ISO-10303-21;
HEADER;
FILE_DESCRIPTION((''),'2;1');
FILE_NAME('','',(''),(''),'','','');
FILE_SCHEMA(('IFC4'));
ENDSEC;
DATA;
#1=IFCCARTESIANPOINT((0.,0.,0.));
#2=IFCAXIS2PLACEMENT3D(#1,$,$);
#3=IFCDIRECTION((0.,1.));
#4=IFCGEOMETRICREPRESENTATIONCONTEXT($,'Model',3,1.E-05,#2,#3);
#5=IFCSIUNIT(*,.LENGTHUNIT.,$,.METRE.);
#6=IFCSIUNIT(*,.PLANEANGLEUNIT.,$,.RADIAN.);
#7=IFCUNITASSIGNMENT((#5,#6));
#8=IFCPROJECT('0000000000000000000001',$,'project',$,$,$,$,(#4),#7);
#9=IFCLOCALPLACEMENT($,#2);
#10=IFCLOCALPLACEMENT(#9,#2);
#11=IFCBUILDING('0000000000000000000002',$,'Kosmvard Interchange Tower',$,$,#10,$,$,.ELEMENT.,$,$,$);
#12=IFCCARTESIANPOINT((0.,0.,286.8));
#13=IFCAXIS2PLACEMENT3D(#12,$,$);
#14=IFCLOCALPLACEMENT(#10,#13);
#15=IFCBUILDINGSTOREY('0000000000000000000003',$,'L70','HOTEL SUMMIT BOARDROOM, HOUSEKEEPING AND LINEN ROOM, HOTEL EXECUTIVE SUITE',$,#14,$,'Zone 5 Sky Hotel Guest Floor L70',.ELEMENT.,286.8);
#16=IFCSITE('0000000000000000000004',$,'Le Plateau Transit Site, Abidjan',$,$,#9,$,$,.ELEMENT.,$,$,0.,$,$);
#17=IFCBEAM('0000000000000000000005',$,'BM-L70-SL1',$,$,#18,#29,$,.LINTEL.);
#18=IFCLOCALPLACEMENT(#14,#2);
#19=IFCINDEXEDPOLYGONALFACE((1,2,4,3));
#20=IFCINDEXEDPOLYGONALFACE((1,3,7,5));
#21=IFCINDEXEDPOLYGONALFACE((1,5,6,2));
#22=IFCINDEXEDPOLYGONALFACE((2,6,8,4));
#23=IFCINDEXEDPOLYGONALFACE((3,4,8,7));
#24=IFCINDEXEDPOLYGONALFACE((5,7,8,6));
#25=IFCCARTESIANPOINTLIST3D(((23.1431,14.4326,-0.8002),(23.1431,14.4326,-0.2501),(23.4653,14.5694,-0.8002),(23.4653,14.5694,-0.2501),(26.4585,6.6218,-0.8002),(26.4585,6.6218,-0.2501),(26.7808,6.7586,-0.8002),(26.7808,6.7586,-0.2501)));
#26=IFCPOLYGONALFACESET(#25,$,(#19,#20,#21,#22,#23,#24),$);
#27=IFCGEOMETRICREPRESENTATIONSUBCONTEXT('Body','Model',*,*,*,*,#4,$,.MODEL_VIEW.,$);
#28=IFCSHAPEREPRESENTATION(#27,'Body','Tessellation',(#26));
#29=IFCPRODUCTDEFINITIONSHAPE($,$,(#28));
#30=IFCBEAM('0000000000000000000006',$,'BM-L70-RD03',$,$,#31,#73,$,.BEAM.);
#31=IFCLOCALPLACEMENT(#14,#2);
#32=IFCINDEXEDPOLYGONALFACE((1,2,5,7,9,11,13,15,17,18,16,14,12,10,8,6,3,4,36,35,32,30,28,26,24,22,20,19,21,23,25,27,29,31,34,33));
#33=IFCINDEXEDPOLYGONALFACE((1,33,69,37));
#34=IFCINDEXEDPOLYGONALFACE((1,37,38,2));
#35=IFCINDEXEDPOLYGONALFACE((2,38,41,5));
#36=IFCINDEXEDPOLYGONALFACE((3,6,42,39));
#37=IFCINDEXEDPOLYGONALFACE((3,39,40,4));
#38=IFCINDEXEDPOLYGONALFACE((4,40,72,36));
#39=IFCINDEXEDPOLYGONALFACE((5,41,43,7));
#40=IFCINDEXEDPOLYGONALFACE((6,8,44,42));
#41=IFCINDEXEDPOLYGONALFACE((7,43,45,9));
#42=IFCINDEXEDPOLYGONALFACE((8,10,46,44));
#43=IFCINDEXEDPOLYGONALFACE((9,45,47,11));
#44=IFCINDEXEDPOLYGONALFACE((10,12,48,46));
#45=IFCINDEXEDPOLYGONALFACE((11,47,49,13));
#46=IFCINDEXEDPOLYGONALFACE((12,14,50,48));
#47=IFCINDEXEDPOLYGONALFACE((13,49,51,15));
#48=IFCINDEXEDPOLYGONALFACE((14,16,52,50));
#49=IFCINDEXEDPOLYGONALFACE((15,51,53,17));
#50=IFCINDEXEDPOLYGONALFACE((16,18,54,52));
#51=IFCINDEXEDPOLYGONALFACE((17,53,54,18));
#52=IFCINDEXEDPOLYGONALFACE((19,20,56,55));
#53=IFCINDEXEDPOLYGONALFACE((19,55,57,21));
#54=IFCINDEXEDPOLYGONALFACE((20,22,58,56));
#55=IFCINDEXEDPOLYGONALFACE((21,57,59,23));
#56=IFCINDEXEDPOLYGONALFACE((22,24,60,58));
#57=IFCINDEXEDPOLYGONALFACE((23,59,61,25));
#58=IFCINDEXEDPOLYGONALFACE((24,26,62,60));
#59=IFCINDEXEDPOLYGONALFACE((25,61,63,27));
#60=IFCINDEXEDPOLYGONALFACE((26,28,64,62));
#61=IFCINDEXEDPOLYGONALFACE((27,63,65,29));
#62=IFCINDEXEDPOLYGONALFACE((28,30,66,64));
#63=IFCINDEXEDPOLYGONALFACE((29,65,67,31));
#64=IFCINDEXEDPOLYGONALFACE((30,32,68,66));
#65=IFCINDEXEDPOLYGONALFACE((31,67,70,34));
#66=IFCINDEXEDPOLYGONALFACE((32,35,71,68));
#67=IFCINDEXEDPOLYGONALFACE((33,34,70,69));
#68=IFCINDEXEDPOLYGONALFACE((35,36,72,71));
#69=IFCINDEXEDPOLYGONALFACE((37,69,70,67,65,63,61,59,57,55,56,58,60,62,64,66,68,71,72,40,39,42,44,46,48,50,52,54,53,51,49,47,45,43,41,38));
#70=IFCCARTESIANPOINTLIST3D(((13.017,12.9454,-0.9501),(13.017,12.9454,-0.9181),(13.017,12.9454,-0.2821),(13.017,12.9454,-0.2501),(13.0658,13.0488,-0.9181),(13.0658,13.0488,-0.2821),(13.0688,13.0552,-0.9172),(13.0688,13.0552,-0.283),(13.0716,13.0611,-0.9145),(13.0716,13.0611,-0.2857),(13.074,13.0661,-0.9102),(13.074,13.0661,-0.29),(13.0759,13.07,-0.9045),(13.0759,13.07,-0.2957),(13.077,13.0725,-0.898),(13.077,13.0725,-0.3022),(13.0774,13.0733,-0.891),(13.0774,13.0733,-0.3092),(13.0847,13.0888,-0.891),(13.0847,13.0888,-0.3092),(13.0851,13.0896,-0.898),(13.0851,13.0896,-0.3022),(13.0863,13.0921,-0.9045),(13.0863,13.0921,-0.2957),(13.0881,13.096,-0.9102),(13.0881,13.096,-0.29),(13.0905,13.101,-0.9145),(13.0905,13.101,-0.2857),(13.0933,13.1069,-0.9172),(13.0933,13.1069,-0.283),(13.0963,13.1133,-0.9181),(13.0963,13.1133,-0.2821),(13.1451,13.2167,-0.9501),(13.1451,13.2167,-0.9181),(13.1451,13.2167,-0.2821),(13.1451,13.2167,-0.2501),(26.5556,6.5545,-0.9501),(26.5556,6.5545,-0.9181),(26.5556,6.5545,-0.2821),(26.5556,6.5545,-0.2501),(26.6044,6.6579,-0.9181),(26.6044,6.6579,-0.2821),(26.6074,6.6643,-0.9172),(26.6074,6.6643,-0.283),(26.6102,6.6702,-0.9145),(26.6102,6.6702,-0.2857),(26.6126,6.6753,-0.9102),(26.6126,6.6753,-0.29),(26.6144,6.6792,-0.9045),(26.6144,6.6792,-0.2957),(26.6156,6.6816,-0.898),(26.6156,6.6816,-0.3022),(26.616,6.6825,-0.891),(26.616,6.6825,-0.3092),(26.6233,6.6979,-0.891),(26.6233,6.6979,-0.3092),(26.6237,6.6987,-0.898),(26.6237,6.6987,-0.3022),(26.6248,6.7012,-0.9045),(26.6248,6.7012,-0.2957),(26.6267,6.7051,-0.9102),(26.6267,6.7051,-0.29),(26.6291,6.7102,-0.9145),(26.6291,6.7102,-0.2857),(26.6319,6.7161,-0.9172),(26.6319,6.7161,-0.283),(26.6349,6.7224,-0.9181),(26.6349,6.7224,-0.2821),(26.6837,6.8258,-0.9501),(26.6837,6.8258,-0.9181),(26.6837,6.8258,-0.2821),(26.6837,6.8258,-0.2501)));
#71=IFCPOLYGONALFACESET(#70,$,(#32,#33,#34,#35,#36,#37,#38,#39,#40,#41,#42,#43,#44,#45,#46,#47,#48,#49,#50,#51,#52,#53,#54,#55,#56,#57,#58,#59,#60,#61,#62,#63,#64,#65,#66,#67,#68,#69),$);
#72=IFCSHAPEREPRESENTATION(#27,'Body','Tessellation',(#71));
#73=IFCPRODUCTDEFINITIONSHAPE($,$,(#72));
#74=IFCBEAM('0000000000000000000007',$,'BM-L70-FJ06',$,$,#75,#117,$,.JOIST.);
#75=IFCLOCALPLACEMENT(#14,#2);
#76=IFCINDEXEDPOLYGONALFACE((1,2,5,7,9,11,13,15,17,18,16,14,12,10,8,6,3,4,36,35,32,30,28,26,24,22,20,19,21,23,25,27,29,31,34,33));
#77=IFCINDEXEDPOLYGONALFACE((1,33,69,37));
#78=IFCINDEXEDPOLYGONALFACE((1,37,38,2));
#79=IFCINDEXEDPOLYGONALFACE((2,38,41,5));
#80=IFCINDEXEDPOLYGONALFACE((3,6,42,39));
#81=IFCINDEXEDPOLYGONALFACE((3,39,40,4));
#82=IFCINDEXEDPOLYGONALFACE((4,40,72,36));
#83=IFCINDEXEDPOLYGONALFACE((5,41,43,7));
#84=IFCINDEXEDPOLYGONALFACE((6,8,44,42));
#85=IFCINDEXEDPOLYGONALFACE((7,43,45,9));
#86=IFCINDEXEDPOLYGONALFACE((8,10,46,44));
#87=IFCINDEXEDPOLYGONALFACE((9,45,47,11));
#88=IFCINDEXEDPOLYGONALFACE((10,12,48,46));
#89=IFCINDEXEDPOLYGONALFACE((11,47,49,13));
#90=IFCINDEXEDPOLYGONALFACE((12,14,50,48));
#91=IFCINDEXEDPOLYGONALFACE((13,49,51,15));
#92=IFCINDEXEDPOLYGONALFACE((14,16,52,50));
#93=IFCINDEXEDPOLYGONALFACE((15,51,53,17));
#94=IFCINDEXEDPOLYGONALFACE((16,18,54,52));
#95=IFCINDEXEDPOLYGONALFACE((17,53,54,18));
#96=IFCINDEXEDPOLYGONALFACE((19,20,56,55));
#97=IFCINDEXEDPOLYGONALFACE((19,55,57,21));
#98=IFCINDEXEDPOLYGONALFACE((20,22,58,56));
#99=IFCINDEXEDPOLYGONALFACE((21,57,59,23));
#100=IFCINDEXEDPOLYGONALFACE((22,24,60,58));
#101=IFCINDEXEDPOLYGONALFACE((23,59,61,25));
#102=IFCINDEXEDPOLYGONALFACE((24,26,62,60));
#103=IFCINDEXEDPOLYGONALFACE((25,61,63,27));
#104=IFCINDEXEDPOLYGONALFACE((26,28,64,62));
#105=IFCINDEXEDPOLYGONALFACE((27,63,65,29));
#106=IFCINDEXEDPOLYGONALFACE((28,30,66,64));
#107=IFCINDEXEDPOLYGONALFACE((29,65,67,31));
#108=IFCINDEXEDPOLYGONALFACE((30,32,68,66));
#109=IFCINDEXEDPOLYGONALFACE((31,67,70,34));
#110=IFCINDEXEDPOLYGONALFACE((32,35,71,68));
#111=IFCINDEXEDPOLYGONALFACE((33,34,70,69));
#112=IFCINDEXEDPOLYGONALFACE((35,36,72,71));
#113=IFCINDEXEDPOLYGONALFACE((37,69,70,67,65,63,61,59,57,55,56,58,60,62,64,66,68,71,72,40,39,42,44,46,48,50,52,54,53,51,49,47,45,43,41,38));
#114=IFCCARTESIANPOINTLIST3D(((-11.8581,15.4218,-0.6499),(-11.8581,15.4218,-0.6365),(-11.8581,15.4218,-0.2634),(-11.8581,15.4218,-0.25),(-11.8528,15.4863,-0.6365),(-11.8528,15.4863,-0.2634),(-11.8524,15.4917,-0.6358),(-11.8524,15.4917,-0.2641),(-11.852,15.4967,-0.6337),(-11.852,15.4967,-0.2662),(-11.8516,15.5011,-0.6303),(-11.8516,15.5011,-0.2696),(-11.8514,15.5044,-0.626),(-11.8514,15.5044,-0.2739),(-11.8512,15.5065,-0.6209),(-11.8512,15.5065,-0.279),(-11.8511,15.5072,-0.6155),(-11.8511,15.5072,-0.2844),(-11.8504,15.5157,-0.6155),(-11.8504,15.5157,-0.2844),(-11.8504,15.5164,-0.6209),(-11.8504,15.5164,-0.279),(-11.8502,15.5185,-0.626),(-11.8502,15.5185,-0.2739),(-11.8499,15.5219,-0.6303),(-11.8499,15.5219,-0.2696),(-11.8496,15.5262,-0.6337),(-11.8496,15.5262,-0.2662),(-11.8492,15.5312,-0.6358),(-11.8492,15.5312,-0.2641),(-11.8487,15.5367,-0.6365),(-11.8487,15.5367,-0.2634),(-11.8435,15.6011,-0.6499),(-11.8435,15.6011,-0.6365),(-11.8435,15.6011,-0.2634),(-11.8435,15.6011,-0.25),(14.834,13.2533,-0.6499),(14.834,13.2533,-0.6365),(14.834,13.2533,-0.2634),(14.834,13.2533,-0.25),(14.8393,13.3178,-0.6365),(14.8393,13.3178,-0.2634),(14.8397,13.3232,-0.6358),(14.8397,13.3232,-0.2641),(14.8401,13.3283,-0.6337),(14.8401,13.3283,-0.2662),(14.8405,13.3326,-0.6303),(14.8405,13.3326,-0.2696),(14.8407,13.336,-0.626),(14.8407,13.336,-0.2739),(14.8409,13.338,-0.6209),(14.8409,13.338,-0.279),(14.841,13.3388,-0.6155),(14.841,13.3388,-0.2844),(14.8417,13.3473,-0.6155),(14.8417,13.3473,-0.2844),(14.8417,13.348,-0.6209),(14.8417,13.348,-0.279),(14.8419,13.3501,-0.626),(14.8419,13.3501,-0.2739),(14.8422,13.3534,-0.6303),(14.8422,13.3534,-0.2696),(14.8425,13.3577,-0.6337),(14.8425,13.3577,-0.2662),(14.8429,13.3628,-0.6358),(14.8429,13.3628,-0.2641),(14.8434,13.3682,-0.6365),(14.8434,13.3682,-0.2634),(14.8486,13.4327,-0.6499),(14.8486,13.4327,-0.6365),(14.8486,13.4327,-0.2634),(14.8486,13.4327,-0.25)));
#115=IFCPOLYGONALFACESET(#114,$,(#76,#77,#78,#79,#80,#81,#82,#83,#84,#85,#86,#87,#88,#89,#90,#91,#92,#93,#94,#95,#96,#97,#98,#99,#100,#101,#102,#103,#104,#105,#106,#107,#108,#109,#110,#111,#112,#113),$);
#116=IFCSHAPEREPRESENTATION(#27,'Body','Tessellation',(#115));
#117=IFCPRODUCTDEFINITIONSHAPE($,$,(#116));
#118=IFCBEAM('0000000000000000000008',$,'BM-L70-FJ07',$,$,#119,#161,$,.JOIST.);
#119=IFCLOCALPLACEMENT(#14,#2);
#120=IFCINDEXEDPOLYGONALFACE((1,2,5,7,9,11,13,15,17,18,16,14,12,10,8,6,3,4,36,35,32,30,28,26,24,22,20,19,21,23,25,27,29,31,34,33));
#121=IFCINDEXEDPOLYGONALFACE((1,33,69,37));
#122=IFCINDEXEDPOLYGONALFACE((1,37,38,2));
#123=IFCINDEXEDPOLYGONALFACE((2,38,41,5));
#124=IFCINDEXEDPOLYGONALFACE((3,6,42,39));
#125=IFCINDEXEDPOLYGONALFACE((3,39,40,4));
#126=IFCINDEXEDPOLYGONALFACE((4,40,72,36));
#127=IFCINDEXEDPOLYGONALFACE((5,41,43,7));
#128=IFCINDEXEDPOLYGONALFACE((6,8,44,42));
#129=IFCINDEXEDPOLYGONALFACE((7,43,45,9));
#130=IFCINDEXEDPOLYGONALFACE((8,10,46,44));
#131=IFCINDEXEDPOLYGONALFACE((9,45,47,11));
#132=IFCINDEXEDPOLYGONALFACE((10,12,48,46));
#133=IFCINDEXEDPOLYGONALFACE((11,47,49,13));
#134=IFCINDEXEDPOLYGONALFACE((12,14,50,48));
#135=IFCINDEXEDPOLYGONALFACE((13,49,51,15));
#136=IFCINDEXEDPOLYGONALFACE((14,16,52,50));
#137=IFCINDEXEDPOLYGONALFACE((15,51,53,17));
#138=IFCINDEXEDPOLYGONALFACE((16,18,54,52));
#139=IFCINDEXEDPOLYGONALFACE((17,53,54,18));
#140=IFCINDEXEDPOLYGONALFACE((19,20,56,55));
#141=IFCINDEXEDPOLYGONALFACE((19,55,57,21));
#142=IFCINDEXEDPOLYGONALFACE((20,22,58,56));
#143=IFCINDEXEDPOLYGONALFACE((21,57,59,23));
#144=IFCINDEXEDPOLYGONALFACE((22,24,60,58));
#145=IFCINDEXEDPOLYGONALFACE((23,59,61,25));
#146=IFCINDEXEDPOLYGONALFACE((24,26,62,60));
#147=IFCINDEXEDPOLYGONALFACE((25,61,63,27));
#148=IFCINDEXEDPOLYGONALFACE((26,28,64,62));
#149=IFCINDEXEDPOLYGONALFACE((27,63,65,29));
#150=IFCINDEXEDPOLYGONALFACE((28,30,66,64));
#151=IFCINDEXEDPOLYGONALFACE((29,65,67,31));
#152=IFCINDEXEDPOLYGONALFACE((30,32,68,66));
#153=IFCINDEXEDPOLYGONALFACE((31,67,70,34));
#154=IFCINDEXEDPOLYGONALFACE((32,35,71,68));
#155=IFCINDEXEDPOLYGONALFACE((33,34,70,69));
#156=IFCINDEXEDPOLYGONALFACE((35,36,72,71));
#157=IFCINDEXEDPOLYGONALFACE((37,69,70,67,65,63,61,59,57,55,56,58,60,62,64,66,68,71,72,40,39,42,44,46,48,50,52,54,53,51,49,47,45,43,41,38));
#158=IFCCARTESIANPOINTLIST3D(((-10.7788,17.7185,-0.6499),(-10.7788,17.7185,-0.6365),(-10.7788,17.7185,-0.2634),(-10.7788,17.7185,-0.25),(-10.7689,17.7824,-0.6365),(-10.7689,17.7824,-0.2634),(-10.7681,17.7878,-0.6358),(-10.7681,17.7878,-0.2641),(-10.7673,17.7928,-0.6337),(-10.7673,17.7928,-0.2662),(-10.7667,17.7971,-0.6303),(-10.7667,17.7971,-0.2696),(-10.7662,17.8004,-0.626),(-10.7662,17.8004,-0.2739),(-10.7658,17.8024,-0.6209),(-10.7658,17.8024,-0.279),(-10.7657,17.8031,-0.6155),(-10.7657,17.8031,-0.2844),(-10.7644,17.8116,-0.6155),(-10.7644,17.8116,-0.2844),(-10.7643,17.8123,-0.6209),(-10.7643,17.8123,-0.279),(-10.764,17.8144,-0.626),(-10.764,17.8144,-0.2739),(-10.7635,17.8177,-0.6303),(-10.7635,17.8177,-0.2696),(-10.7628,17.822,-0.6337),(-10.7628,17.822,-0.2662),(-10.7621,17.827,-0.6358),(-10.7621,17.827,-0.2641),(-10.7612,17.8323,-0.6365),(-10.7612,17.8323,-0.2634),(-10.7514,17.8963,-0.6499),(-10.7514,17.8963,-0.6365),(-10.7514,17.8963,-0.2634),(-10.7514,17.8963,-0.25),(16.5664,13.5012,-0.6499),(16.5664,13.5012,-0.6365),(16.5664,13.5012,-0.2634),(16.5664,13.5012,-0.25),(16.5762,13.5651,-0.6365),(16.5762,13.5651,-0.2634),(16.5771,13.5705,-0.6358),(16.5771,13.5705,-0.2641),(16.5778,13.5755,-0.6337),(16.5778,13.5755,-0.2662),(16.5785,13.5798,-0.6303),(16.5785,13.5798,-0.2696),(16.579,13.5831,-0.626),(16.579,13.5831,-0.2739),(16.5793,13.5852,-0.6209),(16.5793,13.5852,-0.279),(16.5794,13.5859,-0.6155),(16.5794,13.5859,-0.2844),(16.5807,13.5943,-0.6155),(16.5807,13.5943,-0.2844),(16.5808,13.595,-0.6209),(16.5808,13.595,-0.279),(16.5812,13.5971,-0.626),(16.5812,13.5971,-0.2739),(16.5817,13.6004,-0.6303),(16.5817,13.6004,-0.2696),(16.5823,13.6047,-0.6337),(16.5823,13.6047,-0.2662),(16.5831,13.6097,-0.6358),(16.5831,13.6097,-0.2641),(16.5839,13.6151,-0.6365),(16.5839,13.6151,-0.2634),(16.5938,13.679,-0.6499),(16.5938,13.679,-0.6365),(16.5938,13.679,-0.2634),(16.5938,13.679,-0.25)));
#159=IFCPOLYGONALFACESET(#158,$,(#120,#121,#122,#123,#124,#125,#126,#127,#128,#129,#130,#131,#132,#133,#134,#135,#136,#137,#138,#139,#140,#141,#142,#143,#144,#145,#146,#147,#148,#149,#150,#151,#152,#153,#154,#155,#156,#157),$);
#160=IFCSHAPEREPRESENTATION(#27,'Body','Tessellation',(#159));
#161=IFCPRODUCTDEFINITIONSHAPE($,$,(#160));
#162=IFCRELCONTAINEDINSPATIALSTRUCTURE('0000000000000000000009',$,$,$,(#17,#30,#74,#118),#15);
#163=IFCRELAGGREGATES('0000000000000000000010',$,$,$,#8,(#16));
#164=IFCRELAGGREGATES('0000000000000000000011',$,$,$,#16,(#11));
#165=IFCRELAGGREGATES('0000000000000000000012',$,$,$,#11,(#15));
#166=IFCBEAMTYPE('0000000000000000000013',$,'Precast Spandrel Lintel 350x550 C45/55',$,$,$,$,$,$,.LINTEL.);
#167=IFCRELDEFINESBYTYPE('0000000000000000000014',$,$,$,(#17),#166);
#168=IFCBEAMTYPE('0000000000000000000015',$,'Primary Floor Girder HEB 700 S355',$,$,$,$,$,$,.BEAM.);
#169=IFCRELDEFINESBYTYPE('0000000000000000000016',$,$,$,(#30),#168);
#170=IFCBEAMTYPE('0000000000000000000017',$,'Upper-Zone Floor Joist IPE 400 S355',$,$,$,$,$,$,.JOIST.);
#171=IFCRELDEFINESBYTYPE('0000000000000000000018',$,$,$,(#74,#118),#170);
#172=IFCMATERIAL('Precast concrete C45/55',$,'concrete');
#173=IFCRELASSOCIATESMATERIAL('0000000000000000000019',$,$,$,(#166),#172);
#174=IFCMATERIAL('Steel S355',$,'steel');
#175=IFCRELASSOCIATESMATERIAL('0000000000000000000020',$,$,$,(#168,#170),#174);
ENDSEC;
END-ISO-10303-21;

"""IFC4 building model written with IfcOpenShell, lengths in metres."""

from ifc_helpers import new_model, si_unit, direction, frame, origin, origin_2d, place, context, subcontext, project, spatial, rectangle, i_section, extrude, source, transform, mapped, material, material_profile, profile_set, type_object, element, save


model = new_model("IFC4")

# Units and contexts
model_context = context("Model", 3, precision=1e-05, world=origin(), true_north=direction((0.0, 1.0)))
body_context = subcontext(model_context, "Body", "Model", "MODEL_VIEW")
ifc_project = project(units=[si_unit("LENGTHUNIT", "METRE"), si_unit("PLANEANGLEUNIT", "RADIAN")], contexts=[model_context])

# Site, building, storey
site_placement = place(None, origin())
site = spatial("IfcSite", under=ifc_project, at=site_placement, Name="Le Plateau Transit Site, Abidjan", CompositionType="ELEMENT", RefElevation=0.0)
building_placement = place(site_placement, origin())
building = spatial("IfcBuilding", under=site, at=building_placement, Name="Kosmvard Interchange Tower", CompositionType="ELEMENT")
storey_placement = place(building_placement, frame((0.0, 0.0, 286.8)))
storey = spatial("IfcBuildingStorey", under=building, at=storey_placement, Name="L70", Description="HOTEL SUMMIT BOARDROOM, HOUSEKEEPING AND LINEN ROOM, HOTEL EXECUTIVE SUITE", LongName="Zone 5 Sky Hotel Guest Floor L70", CompositionType="ELEMENT", Elevation=286.8)

# Beams
ifc_material_1 = material(Name="Steel S355", Category="steel")
ifc_material_2 = material(Name="Precast concrete C45/55", Category="concrete")
ifc_material_profile_1 = material_profile(ifc_material_2, rectangle(XDim=0.3501, YDim=0.55, at=origin_2d()), Name="SL 350x550")
ifc_profile_set_1 = profile_set([ifc_material_profile_1], Name="Precast concrete C45/55")
beam_type_1 = type_object("IfcBeamType", Name="Precast Spandrel Lintel 350x550 C45/55", PredefinedType="LINTEL", material=ifc_profile_set_1)
shared_shape_1 = source(origin(), body_context, "Body", "SweptSolid", [
    extrude(rectangle(XDim=0.3501, YDim=0.55, at=origin_2d()), origin(), (0.0, 0.0, 1.0), 8.4854),
])
beam_1_placement = place(storey_placement, frame((26.6196, 6.6902, -0.5251), z_axis=(-0.390726, 0.920507, 0.0), x_axis=(-0.920507, -0.390726, 0.0)))
element("IfcBeam", 1, at=beam_1_placement, inside=storey, type_object=beam_type_1, Name="BM-L70-SL1", PredefinedType="LINTEL", context=body_context, shape_type="MappedRepresentation", body=[
    mapped(shared_shape_1, transform((0.0, 0.0, 0.0), scale=1.0)),
])
ifc_material_profile_2 = material_profile(ifc_material_1, i_section(OverallWidth=0.3, OverallDepth=0.7, WebThickness=0.0171, FlangeThickness=0.032, FilletRadius=0.0271, at=origin_2d()), Name="HEB 700")
ifc_profile_set_2 = profile_set([ifc_material_profile_2], Name="Steel S355")
beam_type_2 = type_object("IfcBeamType", Name="Primary Floor Girder HEB 700 S355", PredefinedType="BEAM", material=ifc_profile_set_2)
shared_shape_2 = source(origin(), body_context, "Body", "SweptSolid", [
    extrude(i_section(OverallWidth=0.3, OverallDepth=0.7, WebThickness=0.0171, FlangeThickness=0.032, FilletRadius=0.0271, at=origin_2d()), origin(), (0.0, 0.0, 1.0), 14.9712),
])
beam_2_placement = place(storey_placement, frame((13.0811, 13.0811, -0.6001), z_axis=(0.904309, -0.426878, 0.0), x_axis=(0.426878, 0.904309, 0.0)))
element("IfcBeam", 2, at=beam_2_placement, inside=storey, type_object=beam_type_2, Name="BM-L70-RD03", PredefinedType="BEAM", context=body_context, shape_type="MappedRepresentation", body=[
    mapped(shared_shape_2, transform((0.0, 0.0, 0.0), scale=1.0)),
])
ifc_material_profile_3 = material_profile(ifc_material_1, i_section(OverallWidth=0.1799, OverallDepth=0.3999, WebThickness=0.0085, FlangeThickness=0.0134, FilletRadius=0.021, at=origin_2d()), Name="IPE 400")
ifc_profile_set_3 = profile_set([ifc_material_profile_3], Name="Steel S355")
beam_type_3 = type_object("IfcBeamType", Name="Upper-Zone Floor Joist IPE 400 S355", PredefinedType="JOIST", material=ifc_profile_set_3)
shared_shape_3 = source(origin(), body_context, "Body", "SweptSolid", [
    extrude(i_section(OverallWidth=0.1799, OverallDepth=0.3999, WebThickness=0.0085, FlangeThickness=0.0134, FilletRadius=0.021, at=origin_2d()), origin(), (0.0, 0.0, 1.0), 26.78),
])
beam_3_placement = place(storey_placement, frame((14.8413, 13.343, -0.45), z_axis=(-0.996716, 0.080973, 0.0), x_axis=(-0.080973, -0.996716, 0.0)))
element("IfcBeam", 3, at=beam_3_placement, inside=storey, type_object=beam_type_3, Name="BM-L70-FJ06", PredefinedType="JOIST", context=body_context, shape_type="MappedRepresentation", body=[
    mapped(shared_shape_3, transform((0.0, 0.0, 0.0), scale=1.0)),
])
shared_shape_4 = source(origin(), body_context, "Body", "SweptSolid", [
    extrude(i_section(OverallWidth=0.1799, OverallDepth=0.3999, WebThickness=0.0085, FlangeThickness=0.0134, FilletRadius=0.021, at=origin_2d()), origin(), (0.0, 0.0, 1.0), 27.6685),
])
beam_4_placement = place(storey_placement, frame((16.5801, 13.5901, -0.45), z_axis=(-0.988316, 0.152422, 0.0), x_axis=(-0.152422, -0.988316, 0.0)))
element("IfcBeam", 4, at=beam_4_placement, inside=storey, type_object=beam_type_3, Name="BM-L70-FJ07", PredefinedType="JOIST", context=body_context, shape_type="MappedRepresentation", body=[
    mapped(shared_shape_4, transform((0.0, 0.0, 0.0), scale=1.0)),
])

save(model, "model.ifc")
